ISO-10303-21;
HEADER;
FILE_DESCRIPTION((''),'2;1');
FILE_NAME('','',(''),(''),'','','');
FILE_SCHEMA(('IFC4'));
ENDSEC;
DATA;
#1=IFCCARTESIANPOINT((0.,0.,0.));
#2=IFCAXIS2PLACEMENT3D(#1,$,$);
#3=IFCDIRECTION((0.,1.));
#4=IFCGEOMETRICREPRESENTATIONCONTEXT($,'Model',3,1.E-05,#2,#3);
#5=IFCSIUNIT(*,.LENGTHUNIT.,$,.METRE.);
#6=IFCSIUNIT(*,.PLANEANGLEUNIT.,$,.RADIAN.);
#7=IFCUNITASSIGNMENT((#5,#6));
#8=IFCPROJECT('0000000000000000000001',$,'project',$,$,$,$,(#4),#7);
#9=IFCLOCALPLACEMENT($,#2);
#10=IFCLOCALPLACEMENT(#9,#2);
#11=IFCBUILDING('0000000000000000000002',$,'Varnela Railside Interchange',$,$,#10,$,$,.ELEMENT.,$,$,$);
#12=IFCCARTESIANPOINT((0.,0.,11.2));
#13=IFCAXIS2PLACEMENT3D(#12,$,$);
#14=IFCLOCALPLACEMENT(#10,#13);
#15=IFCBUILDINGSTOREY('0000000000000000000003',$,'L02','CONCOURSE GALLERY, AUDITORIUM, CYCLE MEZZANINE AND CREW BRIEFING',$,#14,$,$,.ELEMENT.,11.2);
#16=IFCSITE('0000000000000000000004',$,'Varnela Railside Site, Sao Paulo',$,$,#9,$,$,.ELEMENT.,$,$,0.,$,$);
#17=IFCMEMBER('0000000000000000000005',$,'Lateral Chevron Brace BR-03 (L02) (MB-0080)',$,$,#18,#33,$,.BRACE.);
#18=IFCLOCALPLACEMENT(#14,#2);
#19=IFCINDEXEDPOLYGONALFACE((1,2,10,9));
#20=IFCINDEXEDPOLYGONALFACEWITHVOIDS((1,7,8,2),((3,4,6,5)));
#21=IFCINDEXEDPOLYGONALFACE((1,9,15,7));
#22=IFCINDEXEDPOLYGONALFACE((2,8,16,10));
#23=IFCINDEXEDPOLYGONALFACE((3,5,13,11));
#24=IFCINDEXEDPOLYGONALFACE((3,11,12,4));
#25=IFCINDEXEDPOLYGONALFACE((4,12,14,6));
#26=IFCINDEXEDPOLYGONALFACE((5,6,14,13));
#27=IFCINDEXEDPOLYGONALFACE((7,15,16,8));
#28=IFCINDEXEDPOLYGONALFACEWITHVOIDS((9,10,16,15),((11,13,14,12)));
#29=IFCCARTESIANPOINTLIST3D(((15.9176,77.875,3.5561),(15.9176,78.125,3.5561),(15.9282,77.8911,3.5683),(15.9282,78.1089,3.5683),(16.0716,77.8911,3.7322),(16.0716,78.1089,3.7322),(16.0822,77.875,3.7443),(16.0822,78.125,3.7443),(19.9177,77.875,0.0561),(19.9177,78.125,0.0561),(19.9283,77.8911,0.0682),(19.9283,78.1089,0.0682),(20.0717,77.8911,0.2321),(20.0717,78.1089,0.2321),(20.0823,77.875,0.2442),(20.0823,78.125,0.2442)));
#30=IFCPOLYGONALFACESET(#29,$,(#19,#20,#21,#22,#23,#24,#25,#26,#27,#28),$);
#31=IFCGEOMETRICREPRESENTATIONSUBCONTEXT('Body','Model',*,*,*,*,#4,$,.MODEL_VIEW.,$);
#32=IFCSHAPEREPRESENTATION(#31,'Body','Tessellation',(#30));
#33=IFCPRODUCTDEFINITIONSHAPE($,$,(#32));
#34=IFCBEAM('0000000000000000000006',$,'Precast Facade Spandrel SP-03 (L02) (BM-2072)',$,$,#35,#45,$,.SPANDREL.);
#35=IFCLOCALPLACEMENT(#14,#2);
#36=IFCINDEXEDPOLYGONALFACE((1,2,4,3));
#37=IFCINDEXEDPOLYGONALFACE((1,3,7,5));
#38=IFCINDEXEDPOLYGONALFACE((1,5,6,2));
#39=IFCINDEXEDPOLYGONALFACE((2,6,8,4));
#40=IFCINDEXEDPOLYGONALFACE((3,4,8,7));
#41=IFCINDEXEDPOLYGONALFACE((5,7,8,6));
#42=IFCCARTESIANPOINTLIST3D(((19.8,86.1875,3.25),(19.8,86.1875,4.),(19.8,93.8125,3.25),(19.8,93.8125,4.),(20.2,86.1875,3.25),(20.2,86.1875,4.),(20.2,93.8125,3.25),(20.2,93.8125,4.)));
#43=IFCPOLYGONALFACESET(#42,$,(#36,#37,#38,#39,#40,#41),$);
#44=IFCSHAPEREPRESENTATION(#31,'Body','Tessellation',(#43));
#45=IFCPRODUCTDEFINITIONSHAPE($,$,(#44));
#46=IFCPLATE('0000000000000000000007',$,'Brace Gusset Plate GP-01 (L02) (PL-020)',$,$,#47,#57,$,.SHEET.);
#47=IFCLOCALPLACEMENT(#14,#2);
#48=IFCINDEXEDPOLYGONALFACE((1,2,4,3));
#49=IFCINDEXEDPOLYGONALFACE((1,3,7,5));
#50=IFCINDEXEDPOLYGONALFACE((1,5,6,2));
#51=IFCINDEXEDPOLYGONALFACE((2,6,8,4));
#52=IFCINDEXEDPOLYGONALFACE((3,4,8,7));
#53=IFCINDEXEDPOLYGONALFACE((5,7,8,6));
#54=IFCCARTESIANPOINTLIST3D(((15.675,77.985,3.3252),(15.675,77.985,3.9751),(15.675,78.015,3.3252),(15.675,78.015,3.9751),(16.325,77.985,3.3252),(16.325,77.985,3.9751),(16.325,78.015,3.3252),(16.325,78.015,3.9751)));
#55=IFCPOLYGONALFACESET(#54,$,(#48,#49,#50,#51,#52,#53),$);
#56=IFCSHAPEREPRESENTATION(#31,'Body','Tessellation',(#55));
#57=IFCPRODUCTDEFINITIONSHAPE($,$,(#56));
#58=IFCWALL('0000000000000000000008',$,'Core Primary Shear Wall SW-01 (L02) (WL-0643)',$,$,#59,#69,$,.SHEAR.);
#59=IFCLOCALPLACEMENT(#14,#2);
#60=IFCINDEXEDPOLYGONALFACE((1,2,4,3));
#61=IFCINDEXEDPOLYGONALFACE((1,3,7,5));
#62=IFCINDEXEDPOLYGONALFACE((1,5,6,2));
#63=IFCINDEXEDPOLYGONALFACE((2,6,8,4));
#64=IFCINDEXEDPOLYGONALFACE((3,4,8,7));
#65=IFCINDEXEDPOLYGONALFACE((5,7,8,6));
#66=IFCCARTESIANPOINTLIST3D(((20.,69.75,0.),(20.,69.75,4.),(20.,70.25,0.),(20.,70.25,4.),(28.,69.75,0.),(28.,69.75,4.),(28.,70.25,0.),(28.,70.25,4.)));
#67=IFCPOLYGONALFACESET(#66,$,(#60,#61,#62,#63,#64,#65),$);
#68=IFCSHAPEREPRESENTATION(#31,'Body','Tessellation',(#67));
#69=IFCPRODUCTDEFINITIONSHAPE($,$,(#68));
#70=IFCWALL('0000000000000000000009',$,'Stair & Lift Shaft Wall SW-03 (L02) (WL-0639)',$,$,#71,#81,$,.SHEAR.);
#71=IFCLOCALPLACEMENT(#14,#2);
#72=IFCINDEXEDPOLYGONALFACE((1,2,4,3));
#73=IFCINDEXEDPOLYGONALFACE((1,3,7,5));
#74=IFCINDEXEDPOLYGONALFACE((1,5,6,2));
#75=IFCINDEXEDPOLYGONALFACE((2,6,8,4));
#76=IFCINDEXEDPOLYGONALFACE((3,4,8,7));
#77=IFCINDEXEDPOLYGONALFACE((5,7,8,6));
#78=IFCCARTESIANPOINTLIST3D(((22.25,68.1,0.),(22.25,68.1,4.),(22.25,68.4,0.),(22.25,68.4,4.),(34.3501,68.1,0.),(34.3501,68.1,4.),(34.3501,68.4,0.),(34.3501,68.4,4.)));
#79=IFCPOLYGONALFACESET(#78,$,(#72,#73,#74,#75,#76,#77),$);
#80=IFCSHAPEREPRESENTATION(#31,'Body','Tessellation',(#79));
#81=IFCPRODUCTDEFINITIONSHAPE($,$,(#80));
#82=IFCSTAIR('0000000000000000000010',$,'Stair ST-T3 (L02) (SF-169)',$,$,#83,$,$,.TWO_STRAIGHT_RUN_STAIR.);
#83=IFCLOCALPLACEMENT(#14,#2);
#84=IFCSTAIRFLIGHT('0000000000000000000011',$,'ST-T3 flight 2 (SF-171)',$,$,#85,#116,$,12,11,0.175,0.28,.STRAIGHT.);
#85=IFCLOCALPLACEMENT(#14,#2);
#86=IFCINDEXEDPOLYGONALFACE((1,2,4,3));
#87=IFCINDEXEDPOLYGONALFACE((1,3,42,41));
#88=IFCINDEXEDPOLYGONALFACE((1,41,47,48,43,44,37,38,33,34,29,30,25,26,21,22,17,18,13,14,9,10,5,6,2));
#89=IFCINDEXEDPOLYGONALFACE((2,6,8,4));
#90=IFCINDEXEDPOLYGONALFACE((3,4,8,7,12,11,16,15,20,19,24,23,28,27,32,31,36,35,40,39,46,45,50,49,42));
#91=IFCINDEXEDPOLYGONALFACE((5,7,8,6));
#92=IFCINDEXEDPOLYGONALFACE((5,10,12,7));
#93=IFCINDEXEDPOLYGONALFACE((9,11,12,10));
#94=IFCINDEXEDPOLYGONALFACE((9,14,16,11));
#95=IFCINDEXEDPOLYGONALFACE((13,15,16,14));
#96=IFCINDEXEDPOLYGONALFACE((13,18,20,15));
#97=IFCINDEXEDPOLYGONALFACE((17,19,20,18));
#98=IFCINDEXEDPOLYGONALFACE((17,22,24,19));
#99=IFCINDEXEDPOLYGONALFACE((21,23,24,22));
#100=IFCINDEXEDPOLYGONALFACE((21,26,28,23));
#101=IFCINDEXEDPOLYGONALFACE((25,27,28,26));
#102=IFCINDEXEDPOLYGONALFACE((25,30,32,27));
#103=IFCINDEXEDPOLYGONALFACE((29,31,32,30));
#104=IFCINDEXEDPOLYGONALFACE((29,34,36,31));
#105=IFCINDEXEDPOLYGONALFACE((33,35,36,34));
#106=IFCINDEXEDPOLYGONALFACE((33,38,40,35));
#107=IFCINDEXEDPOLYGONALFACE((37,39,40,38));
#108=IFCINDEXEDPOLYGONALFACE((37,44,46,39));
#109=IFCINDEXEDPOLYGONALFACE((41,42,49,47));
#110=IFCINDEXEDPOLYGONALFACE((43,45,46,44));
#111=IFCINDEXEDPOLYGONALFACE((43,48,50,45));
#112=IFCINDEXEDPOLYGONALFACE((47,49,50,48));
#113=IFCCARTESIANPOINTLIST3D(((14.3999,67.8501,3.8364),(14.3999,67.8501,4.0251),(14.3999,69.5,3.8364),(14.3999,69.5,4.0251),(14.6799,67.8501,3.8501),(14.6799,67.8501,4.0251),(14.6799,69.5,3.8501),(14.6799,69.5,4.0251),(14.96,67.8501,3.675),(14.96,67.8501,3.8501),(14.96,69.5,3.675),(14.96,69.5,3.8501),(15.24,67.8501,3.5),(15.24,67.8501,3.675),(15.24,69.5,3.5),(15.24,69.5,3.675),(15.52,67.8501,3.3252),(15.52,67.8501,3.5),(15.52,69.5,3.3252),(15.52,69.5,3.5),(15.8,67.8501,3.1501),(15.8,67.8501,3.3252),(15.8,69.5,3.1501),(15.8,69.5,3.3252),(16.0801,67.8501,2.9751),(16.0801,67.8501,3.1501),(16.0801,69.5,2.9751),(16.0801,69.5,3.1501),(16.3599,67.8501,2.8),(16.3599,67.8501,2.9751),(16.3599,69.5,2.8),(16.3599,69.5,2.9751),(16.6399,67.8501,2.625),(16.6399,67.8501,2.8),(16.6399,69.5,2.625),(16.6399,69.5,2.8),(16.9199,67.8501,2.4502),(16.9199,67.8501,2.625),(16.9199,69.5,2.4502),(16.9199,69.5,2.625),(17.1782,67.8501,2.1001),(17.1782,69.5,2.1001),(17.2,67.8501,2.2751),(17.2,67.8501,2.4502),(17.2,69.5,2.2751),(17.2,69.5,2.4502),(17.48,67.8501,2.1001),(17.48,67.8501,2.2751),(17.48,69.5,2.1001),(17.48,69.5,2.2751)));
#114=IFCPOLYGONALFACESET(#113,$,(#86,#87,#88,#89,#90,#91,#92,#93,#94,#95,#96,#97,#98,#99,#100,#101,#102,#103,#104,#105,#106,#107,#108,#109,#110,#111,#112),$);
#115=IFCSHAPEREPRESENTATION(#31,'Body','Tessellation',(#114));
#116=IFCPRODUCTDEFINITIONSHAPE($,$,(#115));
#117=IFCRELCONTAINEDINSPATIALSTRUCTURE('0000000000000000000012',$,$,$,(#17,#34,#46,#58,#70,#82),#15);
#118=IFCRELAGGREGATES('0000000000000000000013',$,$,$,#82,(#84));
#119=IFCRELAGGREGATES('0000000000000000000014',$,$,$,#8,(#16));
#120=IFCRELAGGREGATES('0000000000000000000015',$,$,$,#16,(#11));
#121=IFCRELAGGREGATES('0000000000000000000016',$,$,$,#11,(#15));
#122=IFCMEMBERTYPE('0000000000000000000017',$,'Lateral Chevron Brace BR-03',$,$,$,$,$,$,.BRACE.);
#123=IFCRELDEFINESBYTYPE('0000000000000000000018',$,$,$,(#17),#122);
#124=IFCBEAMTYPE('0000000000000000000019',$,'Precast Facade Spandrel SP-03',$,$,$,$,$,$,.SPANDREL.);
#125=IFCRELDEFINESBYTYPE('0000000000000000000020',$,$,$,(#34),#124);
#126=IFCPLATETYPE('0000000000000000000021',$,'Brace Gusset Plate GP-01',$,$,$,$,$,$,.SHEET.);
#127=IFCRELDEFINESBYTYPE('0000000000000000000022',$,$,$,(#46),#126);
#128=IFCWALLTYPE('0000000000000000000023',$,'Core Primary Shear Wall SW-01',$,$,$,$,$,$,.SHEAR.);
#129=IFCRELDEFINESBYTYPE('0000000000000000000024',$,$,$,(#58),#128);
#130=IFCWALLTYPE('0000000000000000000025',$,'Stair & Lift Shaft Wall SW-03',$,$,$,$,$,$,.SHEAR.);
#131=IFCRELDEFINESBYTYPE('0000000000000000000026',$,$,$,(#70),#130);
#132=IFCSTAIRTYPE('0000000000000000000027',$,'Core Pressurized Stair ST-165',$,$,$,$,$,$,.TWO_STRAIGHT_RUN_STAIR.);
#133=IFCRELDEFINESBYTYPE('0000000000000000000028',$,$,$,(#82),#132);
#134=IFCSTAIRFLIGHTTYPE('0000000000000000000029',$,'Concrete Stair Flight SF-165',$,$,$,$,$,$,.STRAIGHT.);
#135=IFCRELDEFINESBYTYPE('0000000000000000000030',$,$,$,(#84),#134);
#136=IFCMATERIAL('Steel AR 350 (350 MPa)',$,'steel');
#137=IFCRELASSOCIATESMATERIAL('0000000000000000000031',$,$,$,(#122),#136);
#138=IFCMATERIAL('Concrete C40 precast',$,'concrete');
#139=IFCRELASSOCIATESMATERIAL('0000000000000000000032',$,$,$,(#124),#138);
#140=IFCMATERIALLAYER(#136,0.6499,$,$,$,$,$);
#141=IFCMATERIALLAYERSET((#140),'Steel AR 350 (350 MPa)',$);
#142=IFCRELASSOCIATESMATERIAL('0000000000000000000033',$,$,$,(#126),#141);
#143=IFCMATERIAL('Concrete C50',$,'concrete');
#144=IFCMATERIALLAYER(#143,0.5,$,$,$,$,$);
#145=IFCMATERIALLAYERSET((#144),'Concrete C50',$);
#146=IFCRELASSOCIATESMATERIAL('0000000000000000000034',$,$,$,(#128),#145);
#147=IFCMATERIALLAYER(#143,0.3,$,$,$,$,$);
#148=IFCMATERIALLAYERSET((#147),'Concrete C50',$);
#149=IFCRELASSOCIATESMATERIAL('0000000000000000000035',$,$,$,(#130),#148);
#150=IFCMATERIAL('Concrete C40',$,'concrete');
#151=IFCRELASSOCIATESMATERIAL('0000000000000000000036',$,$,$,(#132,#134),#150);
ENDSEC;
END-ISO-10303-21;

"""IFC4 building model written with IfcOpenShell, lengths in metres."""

from ifc_helpers import new_model, si_unit, direction, frame, frame_2d, origin, origin_2d, place, context, subcontext, project, spatial, polyline, rectangle, hollow_rectangle, outline, extrude, material, layer, layer_set, material_profile, profile_set, type_object, element, aggregate, save


model = new_model("IFC4")

# Units and contexts
model_context = context("Model", 3, precision=1e-05, world=origin(), true_north=direction((0.0, 1.0)))
body_context = subcontext(model_context, "Body", "Model", "MODEL_VIEW")
ifc_project = project(units=[si_unit("LENGTHUNIT", "METRE"), si_unit("PLANEANGLEUNIT", "RADIAN")], contexts=[model_context])

# Site, building, storey
site_placement = place(None, origin())
site = spatial("IfcSite", under=ifc_project, at=site_placement, Name="Varnela Railside Site, Sao Paulo", CompositionType="ELEMENT", RefElevation=0.0)
building_placement = place(site_placement, origin())
building = spatial("IfcBuilding", under=site, at=building_placement, Name="Varnela Railside Interchange", CompositionType="ELEMENT")
storey_placement = place(building_placement, frame((0.0, 0.0, 11.2)))
storey = spatial("IfcBuildingStorey", under=building, at=storey_placement, Name="L02", Description="CONCOURSE GALLERY, AUDITORIUM, CYCLE MEZZANINE AND CREW BRIEFING", CompositionType="ELEMENT", Elevation=11.2)

# Shared definitions
ifc_material_1 = material(Name="Steel AR 350 (350 MPa)", Category="steel")

# Member
ifc_material_profile_1 = material_profile(ifc_material_1, hollow_rectangle(XDim=0.25, YDim=0.25, WallThickness=0.0161, at=origin_2d()), Name="HSS 250x250x16")
ifc_profile_set_1 = profile_set([ifc_material_profile_1], Name="Steel AR 350 (350 MPa)")
member_type = type_object("IfcMemberType", Name="Lateral Chevron Brace BR-03", PredefinedType="BRACE", material=ifc_profile_set_1)
member_placement = place(storey_placement, frame((20.0, 78.0, 0.1501), z_axis=(-0.752577, 0.0, 0.658505), x_axis=(0.0, -1.0, 0.0)))
element("IfcMember", 1, at=member_placement, inside=storey, type_object=member_type, Name="Lateral Chevron Brace BR-03 (L02) (MB-0080)", PredefinedType="BRACE", context=body_context, shape_type="SweptSolid", body=[
    extrude(hollow_rectangle(XDim=0.25, YDim=0.25, WallThickness=0.0161, at=origin_2d()), origin(), (0.0, 0.0, 1.0), 5.3152),
])

# Beam
ifc_material_2 = material(Name="Concrete C40 precast", Category="concrete")
ifc_material_profile_2 = material_profile(ifc_material_2, rectangle(XDim=0.3999, YDim=0.75, at=origin_2d()), Name="PC 400x750")
ifc_profile_set_2 = profile_set([ifc_material_profile_2], Name="Concrete C40 precast")
beam_type_1 = type_object("IfcBeamType", Name="Precast Facade Spandrel SP-03", PredefinedType="SPANDREL", material=ifc_profile_set_2)
beam_1_placement = place(storey_placement, frame((20.0, 86.1875, 3.625), z_axis=(0.0, 1.0, 0.0), x_axis=(-1.0, 0.0, 0.0)))
element("IfcBeam", 2, at=beam_1_placement, inside=storey, type_object=beam_type_1, Name="Precast Facade Spandrel SP-03 (L02) (BM-2072)", PredefinedType="SPANDREL", context=body_context, shape_type="SweptSolid", body=[
    extrude(rectangle(XDim=0.3999, YDim=0.75, at=origin_2d()), origin(), (0.0, 0.0, 1.0), 7.625),
])

# Plate
ifc_layer_1 = layer(ifc_material_1, 0.6499)
ifc_layer_set_1 = layer_set([ifc_layer_1], Name="Steel AR 350 (350 MPa)")
plate_type = type_object("IfcPlateType", Name="Brace Gusset Plate GP-01", PredefinedType="SHEET", material=ifc_layer_set_1)
plate_placement = place(storey_placement, frame((16.0, 78.0, 3.3252), z_axis=(0.0, 0.0, 1.0), x_axis=(1.0, 0.0, 0.0)))
element("IfcPlate", 3, at=plate_placement, inside=storey, type_object=plate_type, Name="Brace Gusset Plate GP-01 (L02) (PL-020)", PredefinedType="SHEET", context=body_context, shape_type="SweptSolid", body=[
    extrude(rectangle(XDim=0.6499, YDim=0.03, at=origin_2d()), origin(), (0.0, 0.0, 1.0), 0.6499),
])

# Walls
ifc_material_3 = material(Name="Concrete C50", Category="concrete")
ifc_layer_2 = layer(ifc_material_3, 0.5)
ifc_layer_set_2 = layer_set([ifc_layer_2], Name="Concrete C50")
wall_type_1 = type_object("IfcWallType", Name="Core Primary Shear Wall SW-01", PredefinedType="SHEAR", material=ifc_layer_set_2)
wall_1_placement = place(storey_placement, frame((20.0, 70.0, 0.0), z_axis=(0.0, 0.0, 1.0), x_axis=(1.0, 0.0, 0.0)))
element("IfcWall", 4, at=wall_1_placement, inside=storey, type_object=wall_type_1, Name="Core Primary Shear Wall SW-01 (L02) (WL-0643)", PredefinedType="SHEAR", context=body_context, shape_type="SweptSolid", body=[
    extrude(rectangle(XDim=8.0, YDim=0.5, at=frame_2d((4.0, 0.0))), origin(), (0.0, 0.0, 1.0), 4.0),
])
ifc_layer_3 = layer(ifc_material_3, 0.3)
ifc_layer_set_3 = layer_set([ifc_layer_3], Name="Concrete C50")
wall_type_2 = type_object("IfcWallType", Name="Stair & Lift Shaft Wall SW-03", PredefinedType="SHEAR", material=ifc_layer_set_3)
wall_2_placement = place(storey_placement, frame((22.25, 68.25, 0.0), z_axis=(0.0, 0.0, 1.0), x_axis=(1.0, 0.0, 0.0)))
element("IfcWall", 5, at=wall_2_placement, inside=storey, type_object=wall_type_2, Name="Stair & Lift Shaft Wall SW-03 (L02) (WL-0639)", PredefinedType="SHEAR", context=body_context, shape_type="SweptSolid", body=[
    extrude(rectangle(XDim=12.1001, YDim=0.3, at=frame_2d((6.05, 0.0))), origin(), (0.0, 0.0, 1.0), 4.0),
])

# Stair, stair flight
ifc_material_4 = material(Name="Concrete C40", Category="concrete")
stair_type = type_object("IfcStairType", Name="Core Pressurized Stair ST-165", PredefinedType="TWO_STRAIGHT_RUN_STAIR", material=ifc_material_4)
stair_placement = place(storey_placement, origin())
stair = element("IfcStair", 6, at=stair_placement, inside=storey, type_object=stair_type, Name="Stair ST-T3 (L02) (SF-169)", PredefinedType="TWO_STRAIGHT_RUN_STAIR")
stair_flight_type = type_object("IfcStairFlightType", Name="Concrete Stair Flight SF-165", PredefinedType="STRAIGHT", material=ifc_material_4)
stair_flight_placement = place(storey_placement, frame((17.48, 68.675, 2.1001), z_axis=(0.0, 0.0, 1.0), x_axis=(-1.0, 0.0, 0.0)))
stair_flight = element("IfcStairFlight", 7, at=stair_flight_placement, type_object=stair_flight_type, Name="ST-T3 flight 2 (SF-171)", NumberOfRisers=12, NumberOfTreads=11, PredefinedType="STRAIGHT", RiserHeight=0.175, TreadLength=0.28, context=body_context, shape_type="SweptSolid", body=[
    extrude(outline(polyline([(0.0, 0.0), (0.0, 0.175), (0.28, 0.175), (0.28, 0.3501), (0.5601, 0.3501), (0.5601, 0.5249), (0.8401, 0.5249), (0.8401, 0.7), (1.1201, 0.7), (1.1201, 0.875), (1.3999, 0.875), (1.3999, 1.05), (1.6799, 1.05), (1.6799, 1.2251), (1.96, 1.2251), (1.96, 1.3999), (2.24, 1.3999), (2.24, 1.575), (2.52, 1.575), (2.52, 1.75), (2.8, 1.75), (2.8, 1.925), (3.0801, 1.925), (3.0801, 2.1001), (3.0801, 1.7363), (0.3018, 0.0), (0.0, 0.0)])), frame((0.0, 0.825, 0.0), z_axis=(0.0, -1.0, 0.0), x_axis=(1.0, 0.0, 0.0)), (0.0, 0.0, 1.0), 1.6499),
])
aggregate(stair, [stair_flight])

save(model, "model.ifc")
